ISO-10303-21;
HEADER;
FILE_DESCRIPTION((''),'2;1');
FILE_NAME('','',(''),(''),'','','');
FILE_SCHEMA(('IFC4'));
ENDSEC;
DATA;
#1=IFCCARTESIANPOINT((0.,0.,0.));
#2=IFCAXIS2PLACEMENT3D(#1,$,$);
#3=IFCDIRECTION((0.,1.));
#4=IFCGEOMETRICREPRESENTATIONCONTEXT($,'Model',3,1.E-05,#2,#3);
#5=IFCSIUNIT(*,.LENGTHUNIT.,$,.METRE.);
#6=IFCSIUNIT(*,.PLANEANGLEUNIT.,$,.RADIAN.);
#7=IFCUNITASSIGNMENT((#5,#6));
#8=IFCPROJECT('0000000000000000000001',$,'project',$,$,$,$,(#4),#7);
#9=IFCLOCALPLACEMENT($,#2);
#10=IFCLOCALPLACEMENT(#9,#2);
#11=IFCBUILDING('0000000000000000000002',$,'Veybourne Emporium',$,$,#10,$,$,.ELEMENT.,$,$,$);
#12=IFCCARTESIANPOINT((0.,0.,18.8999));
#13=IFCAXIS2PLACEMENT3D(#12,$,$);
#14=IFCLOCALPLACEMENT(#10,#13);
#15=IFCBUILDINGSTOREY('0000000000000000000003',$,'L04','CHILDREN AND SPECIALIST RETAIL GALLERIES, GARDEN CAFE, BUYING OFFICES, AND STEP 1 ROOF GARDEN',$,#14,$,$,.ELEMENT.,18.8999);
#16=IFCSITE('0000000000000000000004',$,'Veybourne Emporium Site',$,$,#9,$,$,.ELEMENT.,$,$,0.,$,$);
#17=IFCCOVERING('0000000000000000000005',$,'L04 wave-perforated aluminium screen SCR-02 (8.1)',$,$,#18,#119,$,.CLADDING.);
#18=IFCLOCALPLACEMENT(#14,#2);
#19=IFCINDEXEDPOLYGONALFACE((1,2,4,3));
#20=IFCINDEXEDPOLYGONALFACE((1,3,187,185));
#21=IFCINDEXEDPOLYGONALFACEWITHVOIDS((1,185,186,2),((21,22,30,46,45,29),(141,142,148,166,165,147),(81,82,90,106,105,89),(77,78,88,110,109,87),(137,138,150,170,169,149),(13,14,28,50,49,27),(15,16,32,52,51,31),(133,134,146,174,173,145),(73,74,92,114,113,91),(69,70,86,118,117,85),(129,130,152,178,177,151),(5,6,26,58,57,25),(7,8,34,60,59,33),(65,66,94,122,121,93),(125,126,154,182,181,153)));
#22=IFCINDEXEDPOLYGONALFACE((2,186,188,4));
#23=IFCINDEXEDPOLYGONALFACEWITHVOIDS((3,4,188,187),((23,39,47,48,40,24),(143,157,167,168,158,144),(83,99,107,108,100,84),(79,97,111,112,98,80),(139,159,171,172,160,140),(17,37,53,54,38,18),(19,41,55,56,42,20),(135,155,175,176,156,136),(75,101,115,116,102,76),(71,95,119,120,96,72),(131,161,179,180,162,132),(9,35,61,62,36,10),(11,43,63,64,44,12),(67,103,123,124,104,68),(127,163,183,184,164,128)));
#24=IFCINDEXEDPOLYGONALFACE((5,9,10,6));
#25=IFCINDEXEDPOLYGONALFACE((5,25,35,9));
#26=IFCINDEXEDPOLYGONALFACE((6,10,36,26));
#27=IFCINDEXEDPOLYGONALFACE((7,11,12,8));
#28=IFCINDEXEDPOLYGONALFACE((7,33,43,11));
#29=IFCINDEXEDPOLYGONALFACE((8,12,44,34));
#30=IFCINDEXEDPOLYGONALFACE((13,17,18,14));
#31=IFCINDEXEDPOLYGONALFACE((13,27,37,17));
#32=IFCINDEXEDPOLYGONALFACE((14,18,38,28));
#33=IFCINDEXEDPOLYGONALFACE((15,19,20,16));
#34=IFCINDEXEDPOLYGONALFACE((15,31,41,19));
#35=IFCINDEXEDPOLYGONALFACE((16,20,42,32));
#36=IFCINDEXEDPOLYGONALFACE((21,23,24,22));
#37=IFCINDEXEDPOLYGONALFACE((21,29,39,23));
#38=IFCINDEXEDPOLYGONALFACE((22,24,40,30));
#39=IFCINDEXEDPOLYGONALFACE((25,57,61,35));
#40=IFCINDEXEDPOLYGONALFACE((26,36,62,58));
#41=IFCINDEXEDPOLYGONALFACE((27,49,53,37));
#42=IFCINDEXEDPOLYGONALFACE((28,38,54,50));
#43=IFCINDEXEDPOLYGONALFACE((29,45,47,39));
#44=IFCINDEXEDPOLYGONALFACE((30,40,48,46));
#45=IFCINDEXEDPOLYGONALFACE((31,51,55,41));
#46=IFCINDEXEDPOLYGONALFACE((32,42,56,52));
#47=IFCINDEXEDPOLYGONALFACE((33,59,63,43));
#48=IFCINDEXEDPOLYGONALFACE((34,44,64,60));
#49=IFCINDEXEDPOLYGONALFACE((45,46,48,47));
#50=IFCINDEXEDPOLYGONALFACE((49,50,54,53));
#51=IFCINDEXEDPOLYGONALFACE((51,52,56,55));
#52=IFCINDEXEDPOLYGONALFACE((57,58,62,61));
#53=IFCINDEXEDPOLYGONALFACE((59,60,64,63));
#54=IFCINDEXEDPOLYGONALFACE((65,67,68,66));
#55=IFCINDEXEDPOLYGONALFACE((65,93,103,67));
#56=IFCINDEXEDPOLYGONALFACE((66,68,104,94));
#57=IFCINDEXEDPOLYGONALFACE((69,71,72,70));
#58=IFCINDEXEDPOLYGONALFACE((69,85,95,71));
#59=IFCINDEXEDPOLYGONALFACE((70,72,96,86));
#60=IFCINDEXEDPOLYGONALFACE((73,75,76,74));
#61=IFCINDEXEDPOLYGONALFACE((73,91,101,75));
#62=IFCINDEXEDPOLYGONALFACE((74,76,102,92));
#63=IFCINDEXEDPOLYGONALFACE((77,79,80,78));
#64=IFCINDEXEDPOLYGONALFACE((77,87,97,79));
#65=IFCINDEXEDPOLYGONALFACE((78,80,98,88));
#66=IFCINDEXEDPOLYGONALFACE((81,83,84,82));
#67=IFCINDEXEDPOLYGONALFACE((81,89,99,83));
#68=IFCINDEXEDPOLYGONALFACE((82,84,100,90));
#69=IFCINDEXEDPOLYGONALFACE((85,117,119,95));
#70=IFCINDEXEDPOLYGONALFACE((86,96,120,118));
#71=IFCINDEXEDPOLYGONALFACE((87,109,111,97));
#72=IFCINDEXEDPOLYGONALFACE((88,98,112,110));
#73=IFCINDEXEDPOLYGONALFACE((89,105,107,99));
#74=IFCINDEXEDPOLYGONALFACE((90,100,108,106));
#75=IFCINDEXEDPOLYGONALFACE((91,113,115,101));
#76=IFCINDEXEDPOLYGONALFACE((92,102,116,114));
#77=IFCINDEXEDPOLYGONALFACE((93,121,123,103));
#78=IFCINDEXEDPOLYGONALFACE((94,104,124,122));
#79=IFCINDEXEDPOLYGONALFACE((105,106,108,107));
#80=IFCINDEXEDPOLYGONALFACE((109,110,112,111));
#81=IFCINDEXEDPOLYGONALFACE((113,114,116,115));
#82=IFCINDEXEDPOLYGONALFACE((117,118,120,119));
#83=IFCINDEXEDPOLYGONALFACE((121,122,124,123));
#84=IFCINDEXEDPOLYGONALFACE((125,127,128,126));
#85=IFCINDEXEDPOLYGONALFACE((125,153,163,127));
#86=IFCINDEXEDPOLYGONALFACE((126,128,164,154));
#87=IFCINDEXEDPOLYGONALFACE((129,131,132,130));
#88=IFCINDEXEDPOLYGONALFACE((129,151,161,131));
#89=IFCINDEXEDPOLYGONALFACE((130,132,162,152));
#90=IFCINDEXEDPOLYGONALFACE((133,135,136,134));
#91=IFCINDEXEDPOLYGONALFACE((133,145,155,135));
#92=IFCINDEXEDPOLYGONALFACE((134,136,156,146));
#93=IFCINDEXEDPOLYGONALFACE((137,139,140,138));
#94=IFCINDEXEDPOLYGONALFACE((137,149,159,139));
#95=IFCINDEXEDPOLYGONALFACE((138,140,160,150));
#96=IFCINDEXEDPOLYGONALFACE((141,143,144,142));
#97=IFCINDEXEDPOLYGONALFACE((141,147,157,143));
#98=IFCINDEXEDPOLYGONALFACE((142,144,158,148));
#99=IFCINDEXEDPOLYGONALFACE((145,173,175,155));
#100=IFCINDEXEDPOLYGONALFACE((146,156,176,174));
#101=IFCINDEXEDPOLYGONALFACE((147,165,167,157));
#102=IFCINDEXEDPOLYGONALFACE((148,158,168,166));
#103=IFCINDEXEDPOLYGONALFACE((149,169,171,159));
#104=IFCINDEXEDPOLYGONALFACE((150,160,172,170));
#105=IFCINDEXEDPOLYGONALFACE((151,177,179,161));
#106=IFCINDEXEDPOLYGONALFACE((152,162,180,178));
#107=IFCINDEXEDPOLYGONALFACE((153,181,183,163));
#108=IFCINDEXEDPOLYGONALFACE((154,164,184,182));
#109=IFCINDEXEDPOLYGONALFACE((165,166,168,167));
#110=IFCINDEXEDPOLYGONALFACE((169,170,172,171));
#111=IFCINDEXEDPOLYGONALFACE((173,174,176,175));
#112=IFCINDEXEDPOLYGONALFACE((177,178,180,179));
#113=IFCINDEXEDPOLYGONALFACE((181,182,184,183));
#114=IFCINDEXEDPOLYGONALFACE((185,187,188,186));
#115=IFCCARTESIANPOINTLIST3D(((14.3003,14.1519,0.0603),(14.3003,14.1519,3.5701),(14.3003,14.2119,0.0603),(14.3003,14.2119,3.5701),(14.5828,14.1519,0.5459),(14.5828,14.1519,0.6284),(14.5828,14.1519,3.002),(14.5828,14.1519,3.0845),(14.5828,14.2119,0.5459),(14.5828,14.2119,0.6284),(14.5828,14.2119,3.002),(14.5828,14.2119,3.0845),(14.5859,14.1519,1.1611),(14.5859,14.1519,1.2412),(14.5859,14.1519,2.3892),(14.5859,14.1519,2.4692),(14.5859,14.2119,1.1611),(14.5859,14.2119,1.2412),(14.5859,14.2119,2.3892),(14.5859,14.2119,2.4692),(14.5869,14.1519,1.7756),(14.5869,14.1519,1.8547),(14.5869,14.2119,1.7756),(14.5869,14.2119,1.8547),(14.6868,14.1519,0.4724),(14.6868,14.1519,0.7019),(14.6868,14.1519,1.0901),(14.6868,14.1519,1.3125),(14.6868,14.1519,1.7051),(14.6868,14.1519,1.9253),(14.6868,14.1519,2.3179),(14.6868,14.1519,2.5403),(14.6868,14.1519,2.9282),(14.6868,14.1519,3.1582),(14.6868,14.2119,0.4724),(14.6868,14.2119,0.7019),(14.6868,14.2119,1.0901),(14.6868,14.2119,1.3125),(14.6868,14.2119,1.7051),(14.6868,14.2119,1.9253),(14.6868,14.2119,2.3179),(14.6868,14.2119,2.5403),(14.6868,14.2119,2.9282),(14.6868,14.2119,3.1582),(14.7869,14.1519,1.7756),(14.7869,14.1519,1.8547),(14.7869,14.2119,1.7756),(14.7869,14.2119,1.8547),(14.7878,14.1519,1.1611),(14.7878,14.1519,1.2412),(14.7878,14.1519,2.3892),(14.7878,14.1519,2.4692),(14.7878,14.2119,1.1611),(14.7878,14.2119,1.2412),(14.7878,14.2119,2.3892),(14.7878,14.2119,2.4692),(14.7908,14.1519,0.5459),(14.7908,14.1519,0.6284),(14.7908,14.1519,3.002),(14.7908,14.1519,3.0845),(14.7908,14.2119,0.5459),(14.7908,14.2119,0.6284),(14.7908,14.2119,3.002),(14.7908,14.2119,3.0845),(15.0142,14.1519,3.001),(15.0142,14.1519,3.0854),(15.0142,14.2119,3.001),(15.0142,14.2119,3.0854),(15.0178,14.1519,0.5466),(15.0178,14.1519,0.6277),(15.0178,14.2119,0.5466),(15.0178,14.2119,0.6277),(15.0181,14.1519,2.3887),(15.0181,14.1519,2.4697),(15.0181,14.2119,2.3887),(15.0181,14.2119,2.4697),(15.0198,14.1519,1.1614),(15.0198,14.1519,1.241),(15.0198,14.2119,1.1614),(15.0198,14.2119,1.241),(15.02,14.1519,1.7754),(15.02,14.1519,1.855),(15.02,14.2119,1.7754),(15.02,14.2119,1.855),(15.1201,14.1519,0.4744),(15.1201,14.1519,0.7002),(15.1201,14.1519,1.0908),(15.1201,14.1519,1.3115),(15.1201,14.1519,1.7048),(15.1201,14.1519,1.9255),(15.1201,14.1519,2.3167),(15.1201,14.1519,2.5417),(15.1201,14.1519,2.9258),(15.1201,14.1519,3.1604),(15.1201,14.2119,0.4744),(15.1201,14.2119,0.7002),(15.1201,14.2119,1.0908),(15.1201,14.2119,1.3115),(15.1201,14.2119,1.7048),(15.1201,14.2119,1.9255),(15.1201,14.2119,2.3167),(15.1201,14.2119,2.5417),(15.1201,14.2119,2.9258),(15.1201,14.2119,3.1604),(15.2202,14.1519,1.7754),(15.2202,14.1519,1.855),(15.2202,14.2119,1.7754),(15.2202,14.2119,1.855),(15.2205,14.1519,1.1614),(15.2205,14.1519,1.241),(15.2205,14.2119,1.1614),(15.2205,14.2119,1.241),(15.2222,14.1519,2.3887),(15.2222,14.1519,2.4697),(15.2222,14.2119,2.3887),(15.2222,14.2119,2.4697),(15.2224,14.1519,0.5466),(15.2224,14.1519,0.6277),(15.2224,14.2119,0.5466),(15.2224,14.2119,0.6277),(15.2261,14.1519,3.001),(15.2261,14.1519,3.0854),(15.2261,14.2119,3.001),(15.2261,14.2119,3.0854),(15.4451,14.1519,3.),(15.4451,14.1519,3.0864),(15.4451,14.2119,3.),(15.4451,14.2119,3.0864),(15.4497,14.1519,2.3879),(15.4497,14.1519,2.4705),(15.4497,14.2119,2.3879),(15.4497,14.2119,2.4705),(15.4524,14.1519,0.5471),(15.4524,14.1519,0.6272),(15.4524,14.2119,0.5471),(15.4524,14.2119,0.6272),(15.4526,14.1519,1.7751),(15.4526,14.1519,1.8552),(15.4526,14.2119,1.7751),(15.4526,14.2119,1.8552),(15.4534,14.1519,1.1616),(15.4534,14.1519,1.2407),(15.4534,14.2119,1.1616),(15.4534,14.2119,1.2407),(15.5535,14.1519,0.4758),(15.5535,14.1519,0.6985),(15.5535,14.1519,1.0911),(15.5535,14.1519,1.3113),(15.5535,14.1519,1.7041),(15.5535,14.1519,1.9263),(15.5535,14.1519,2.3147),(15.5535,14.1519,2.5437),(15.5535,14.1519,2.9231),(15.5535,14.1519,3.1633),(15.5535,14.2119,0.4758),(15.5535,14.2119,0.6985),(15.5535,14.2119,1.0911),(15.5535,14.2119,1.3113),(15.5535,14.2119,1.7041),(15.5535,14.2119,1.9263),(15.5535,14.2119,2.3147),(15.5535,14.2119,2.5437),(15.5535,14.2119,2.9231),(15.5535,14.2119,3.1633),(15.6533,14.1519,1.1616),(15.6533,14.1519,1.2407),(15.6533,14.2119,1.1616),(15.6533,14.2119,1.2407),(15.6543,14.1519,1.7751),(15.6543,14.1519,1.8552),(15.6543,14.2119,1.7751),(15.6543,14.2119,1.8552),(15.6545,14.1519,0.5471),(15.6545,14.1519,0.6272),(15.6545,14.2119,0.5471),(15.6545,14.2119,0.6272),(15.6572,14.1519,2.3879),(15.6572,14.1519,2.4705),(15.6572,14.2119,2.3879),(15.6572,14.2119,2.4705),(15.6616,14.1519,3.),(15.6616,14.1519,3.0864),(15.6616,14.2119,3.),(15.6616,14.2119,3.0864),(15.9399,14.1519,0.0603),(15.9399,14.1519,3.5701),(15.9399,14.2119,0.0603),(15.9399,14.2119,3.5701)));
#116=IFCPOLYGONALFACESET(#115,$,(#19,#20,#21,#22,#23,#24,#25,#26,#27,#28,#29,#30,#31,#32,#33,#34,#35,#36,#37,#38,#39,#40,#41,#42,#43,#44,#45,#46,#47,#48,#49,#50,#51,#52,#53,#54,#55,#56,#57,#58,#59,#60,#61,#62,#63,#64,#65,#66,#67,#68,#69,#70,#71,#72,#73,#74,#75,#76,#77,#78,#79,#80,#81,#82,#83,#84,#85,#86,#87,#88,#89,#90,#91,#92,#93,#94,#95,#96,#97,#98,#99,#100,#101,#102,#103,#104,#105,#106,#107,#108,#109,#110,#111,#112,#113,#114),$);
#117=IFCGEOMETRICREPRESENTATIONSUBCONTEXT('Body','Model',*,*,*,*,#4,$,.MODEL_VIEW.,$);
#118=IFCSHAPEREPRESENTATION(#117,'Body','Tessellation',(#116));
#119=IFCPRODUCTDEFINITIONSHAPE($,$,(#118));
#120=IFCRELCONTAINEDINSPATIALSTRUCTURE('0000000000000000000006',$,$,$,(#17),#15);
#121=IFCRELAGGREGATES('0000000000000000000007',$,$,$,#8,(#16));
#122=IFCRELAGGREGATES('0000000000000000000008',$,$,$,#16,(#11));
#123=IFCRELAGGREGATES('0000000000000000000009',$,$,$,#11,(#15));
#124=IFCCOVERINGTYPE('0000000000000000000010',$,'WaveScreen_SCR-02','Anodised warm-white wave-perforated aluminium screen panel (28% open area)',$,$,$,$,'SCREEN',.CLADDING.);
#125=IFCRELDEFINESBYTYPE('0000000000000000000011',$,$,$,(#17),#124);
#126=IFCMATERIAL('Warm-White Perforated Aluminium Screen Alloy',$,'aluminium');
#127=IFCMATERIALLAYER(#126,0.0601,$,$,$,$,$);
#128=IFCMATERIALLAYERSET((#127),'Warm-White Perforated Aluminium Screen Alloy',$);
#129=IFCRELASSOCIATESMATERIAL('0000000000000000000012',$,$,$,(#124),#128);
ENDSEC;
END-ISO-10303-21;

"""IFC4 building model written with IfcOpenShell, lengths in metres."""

from ifc_helpers import new_model, si_unit, direction, frame, origin, place, context, subcontext, project, spatial, polyline, outline, extrude, material, layer, layer_set, type_object, element, save


model = new_model("IFC4")

# Units and contexts
model_context = context("Model", 3, precision=1e-05, world=origin(), true_north=direction((0.0, 1.0)))
body_context = subcontext(model_context, "Body", "Model", "MODEL_VIEW")
ifc_project = project(units=[si_unit("LENGTHUNIT", "METRE"), si_unit("PLANEANGLEUNIT", "RADIAN")], contexts=[model_context])

# Site, building, storey
site_placement = place(None, origin())
site = spatial("IfcSite", under=ifc_project, at=site_placement, Name="Veybourne Emporium Site", CompositionType="ELEMENT", RefElevation=0.0)
building_placement = place(site_placement, origin())
building = spatial("IfcBuilding", under=site, at=building_placement, Name="Veybourne Emporium", CompositionType="ELEMENT")
storey_placement = place(building_placement, frame((0.0, 0.0, 18.8999)))
storey = spatial("IfcBuildingStorey", under=building, at=storey_placement, Name="L04", Description="CHILDREN AND SPECIALIST RETAIL GALLERIES, GARDEN CAFE, BUYING OFFICES, AND STEP 1 ROOF GARDEN", CompositionType="ELEMENT", Elevation=18.8999)

# Covering
ifc_material_1 = material(Name="Warm-White Perforated Aluminium Screen Alloy", Category="aluminium")
ifc_layer_1 = layer(ifc_material_1, 0.0601)
ifc_layer_set_1 = layer_set([ifc_layer_1], Name="Warm-White Perforated Aluminium Screen Alloy")
covering_type_1 = type_object("IfcCoveringType", Name="WaveScreen_SCR-02", Description="Anodised warm-white wave-perforated aluminium screen panel (28% open area)", ElementType="SCREEN", PredefinedType="CLADDING", material=ifc_layer_set_1)
covering_1_placement = place(storey_placement, frame((15.1201, 14.1519, 1.8152), z_axis=(0.0, 1.0, 0.0), x_axis=(-1.0, 0.0, 0.0)))
element("IfcCovering", 1, at=covering_1_placement, inside=storey, type_object=covering_type_1, Name="L04 wave-perforated aluminium screen SCR-02 (8.1)", PredefinedType="CLADDING", context=body_context, shape_type="SweptSolid", body=[
    extrude(outline(polyline([(-0.8198, -1.7549), (0.8198, -1.7549), (0.8198, 1.7549), (-0.8198, 1.7549), (-0.8198, -1.7549)]), holes=[polyline([(-0.4333, -1.1167), (-0.3323, -1.188), (-0.3323, -1.2681), (-0.4333, -1.3394), (-0.5344, -1.2681), (-0.5344, -1.188), (-0.4333, -1.1167)]), polyline([(-0.4333, -0.5039), (-0.3333, -0.5745), (-0.3333, -0.6536), (-0.4333, -0.7241), (-0.5332, -0.6536), (-0.5332, -0.5745), (-0.4333, -0.5039)]), polyline([(-0.4333, 0.1111), (-0.3325, 0.04), (-0.3325, -0.04), (-0.4333, -0.1111), (-0.5342, -0.04), (-0.5342, 0.04), (-0.4333, 0.1111)]), polyline([(-0.4333, 0.7285), (-0.3296, 0.6553), (-0.3296, 0.5728), (-0.4333, 0.4995), (-0.5371, 0.5728), (-0.5371, 0.6553), (-0.4333, 0.7285)]), polyline([(-0.4333, 1.3481), (-0.325, 1.2712), (-0.325, 1.1848), (-0.4333, 1.1079), (-0.5415, 1.1848), (-0.5415, 1.2712), (-0.4333, 1.3481)]), polyline([(0.0, -1.115), (0.1023, -1.1875), (0.1023, -1.2686), (0.0, -1.3408), (-0.1023, -1.2686), (-0.1023, -1.1875), (0.0, -1.115)]), polyline([(0.0, -0.5037), (0.1003, -0.5742), (0.1003, -0.6538), (0.0, -0.7244), (-0.1003, -0.6538), (-0.1003, -0.5742), (0.0, -0.5037)]), polyline([(0.0, 0.1104), (0.1001, 0.0398), (0.1001, -0.0398), (0.0, -0.1104), (-0.1001, -0.0398), (-0.1001, 0.0398), (0.0, 0.1104)]), polyline([(0.0, 0.7266), (0.1021, 0.6545), (0.1021, 0.5735), (0.0, 0.5015), (-0.1021, 0.5735), (-0.1021, 0.6545), (0.0, 0.7266)]), polyline([(0.0, 1.3452), (0.106, 1.2703), (0.106, 1.1858), (0.0, 1.1106), (-0.106, 1.1858), (-0.106, 1.2703), (0.0, 1.3452)]), polyline([(0.4333, -1.1133), (0.5374, -1.1868), (0.5374, -1.2693), (0.4333, -1.3428), (0.3293, -1.2693), (0.3293, -1.1868), (0.4333, -1.1133)]), polyline([(0.4333, -0.5027), (0.5342, -0.574), (0.5342, -0.6541), (0.4333, -0.7251), (0.3323, -0.6541), (0.3323, -0.574), (0.4333, -0.5027)]), polyline([(0.4333, 0.1101), (0.5332, 0.0396), (0.5332, -0.0396), (0.4333, -0.1101), (0.3333, -0.0396), (0.3333, 0.0396), (0.4333, 0.1101)]), polyline([(0.4333, 0.7251), (0.5342, 0.6541), (0.5342, 0.574), (0.4333, 0.5027), (0.3323, 0.574), (0.3323, 0.6541), (0.4333, 0.7251)]), polyline([(0.4333, 1.343), (0.5374, 1.2693), (0.5374, 1.1868), (0.4333, 1.113), (0.3293, 1.1868), (0.3293, 1.2693), (0.4333, 1.343)])]), origin(), (0.0, 0.0, 1.0), 0.0601),
])

save(model, "model.ifc")
